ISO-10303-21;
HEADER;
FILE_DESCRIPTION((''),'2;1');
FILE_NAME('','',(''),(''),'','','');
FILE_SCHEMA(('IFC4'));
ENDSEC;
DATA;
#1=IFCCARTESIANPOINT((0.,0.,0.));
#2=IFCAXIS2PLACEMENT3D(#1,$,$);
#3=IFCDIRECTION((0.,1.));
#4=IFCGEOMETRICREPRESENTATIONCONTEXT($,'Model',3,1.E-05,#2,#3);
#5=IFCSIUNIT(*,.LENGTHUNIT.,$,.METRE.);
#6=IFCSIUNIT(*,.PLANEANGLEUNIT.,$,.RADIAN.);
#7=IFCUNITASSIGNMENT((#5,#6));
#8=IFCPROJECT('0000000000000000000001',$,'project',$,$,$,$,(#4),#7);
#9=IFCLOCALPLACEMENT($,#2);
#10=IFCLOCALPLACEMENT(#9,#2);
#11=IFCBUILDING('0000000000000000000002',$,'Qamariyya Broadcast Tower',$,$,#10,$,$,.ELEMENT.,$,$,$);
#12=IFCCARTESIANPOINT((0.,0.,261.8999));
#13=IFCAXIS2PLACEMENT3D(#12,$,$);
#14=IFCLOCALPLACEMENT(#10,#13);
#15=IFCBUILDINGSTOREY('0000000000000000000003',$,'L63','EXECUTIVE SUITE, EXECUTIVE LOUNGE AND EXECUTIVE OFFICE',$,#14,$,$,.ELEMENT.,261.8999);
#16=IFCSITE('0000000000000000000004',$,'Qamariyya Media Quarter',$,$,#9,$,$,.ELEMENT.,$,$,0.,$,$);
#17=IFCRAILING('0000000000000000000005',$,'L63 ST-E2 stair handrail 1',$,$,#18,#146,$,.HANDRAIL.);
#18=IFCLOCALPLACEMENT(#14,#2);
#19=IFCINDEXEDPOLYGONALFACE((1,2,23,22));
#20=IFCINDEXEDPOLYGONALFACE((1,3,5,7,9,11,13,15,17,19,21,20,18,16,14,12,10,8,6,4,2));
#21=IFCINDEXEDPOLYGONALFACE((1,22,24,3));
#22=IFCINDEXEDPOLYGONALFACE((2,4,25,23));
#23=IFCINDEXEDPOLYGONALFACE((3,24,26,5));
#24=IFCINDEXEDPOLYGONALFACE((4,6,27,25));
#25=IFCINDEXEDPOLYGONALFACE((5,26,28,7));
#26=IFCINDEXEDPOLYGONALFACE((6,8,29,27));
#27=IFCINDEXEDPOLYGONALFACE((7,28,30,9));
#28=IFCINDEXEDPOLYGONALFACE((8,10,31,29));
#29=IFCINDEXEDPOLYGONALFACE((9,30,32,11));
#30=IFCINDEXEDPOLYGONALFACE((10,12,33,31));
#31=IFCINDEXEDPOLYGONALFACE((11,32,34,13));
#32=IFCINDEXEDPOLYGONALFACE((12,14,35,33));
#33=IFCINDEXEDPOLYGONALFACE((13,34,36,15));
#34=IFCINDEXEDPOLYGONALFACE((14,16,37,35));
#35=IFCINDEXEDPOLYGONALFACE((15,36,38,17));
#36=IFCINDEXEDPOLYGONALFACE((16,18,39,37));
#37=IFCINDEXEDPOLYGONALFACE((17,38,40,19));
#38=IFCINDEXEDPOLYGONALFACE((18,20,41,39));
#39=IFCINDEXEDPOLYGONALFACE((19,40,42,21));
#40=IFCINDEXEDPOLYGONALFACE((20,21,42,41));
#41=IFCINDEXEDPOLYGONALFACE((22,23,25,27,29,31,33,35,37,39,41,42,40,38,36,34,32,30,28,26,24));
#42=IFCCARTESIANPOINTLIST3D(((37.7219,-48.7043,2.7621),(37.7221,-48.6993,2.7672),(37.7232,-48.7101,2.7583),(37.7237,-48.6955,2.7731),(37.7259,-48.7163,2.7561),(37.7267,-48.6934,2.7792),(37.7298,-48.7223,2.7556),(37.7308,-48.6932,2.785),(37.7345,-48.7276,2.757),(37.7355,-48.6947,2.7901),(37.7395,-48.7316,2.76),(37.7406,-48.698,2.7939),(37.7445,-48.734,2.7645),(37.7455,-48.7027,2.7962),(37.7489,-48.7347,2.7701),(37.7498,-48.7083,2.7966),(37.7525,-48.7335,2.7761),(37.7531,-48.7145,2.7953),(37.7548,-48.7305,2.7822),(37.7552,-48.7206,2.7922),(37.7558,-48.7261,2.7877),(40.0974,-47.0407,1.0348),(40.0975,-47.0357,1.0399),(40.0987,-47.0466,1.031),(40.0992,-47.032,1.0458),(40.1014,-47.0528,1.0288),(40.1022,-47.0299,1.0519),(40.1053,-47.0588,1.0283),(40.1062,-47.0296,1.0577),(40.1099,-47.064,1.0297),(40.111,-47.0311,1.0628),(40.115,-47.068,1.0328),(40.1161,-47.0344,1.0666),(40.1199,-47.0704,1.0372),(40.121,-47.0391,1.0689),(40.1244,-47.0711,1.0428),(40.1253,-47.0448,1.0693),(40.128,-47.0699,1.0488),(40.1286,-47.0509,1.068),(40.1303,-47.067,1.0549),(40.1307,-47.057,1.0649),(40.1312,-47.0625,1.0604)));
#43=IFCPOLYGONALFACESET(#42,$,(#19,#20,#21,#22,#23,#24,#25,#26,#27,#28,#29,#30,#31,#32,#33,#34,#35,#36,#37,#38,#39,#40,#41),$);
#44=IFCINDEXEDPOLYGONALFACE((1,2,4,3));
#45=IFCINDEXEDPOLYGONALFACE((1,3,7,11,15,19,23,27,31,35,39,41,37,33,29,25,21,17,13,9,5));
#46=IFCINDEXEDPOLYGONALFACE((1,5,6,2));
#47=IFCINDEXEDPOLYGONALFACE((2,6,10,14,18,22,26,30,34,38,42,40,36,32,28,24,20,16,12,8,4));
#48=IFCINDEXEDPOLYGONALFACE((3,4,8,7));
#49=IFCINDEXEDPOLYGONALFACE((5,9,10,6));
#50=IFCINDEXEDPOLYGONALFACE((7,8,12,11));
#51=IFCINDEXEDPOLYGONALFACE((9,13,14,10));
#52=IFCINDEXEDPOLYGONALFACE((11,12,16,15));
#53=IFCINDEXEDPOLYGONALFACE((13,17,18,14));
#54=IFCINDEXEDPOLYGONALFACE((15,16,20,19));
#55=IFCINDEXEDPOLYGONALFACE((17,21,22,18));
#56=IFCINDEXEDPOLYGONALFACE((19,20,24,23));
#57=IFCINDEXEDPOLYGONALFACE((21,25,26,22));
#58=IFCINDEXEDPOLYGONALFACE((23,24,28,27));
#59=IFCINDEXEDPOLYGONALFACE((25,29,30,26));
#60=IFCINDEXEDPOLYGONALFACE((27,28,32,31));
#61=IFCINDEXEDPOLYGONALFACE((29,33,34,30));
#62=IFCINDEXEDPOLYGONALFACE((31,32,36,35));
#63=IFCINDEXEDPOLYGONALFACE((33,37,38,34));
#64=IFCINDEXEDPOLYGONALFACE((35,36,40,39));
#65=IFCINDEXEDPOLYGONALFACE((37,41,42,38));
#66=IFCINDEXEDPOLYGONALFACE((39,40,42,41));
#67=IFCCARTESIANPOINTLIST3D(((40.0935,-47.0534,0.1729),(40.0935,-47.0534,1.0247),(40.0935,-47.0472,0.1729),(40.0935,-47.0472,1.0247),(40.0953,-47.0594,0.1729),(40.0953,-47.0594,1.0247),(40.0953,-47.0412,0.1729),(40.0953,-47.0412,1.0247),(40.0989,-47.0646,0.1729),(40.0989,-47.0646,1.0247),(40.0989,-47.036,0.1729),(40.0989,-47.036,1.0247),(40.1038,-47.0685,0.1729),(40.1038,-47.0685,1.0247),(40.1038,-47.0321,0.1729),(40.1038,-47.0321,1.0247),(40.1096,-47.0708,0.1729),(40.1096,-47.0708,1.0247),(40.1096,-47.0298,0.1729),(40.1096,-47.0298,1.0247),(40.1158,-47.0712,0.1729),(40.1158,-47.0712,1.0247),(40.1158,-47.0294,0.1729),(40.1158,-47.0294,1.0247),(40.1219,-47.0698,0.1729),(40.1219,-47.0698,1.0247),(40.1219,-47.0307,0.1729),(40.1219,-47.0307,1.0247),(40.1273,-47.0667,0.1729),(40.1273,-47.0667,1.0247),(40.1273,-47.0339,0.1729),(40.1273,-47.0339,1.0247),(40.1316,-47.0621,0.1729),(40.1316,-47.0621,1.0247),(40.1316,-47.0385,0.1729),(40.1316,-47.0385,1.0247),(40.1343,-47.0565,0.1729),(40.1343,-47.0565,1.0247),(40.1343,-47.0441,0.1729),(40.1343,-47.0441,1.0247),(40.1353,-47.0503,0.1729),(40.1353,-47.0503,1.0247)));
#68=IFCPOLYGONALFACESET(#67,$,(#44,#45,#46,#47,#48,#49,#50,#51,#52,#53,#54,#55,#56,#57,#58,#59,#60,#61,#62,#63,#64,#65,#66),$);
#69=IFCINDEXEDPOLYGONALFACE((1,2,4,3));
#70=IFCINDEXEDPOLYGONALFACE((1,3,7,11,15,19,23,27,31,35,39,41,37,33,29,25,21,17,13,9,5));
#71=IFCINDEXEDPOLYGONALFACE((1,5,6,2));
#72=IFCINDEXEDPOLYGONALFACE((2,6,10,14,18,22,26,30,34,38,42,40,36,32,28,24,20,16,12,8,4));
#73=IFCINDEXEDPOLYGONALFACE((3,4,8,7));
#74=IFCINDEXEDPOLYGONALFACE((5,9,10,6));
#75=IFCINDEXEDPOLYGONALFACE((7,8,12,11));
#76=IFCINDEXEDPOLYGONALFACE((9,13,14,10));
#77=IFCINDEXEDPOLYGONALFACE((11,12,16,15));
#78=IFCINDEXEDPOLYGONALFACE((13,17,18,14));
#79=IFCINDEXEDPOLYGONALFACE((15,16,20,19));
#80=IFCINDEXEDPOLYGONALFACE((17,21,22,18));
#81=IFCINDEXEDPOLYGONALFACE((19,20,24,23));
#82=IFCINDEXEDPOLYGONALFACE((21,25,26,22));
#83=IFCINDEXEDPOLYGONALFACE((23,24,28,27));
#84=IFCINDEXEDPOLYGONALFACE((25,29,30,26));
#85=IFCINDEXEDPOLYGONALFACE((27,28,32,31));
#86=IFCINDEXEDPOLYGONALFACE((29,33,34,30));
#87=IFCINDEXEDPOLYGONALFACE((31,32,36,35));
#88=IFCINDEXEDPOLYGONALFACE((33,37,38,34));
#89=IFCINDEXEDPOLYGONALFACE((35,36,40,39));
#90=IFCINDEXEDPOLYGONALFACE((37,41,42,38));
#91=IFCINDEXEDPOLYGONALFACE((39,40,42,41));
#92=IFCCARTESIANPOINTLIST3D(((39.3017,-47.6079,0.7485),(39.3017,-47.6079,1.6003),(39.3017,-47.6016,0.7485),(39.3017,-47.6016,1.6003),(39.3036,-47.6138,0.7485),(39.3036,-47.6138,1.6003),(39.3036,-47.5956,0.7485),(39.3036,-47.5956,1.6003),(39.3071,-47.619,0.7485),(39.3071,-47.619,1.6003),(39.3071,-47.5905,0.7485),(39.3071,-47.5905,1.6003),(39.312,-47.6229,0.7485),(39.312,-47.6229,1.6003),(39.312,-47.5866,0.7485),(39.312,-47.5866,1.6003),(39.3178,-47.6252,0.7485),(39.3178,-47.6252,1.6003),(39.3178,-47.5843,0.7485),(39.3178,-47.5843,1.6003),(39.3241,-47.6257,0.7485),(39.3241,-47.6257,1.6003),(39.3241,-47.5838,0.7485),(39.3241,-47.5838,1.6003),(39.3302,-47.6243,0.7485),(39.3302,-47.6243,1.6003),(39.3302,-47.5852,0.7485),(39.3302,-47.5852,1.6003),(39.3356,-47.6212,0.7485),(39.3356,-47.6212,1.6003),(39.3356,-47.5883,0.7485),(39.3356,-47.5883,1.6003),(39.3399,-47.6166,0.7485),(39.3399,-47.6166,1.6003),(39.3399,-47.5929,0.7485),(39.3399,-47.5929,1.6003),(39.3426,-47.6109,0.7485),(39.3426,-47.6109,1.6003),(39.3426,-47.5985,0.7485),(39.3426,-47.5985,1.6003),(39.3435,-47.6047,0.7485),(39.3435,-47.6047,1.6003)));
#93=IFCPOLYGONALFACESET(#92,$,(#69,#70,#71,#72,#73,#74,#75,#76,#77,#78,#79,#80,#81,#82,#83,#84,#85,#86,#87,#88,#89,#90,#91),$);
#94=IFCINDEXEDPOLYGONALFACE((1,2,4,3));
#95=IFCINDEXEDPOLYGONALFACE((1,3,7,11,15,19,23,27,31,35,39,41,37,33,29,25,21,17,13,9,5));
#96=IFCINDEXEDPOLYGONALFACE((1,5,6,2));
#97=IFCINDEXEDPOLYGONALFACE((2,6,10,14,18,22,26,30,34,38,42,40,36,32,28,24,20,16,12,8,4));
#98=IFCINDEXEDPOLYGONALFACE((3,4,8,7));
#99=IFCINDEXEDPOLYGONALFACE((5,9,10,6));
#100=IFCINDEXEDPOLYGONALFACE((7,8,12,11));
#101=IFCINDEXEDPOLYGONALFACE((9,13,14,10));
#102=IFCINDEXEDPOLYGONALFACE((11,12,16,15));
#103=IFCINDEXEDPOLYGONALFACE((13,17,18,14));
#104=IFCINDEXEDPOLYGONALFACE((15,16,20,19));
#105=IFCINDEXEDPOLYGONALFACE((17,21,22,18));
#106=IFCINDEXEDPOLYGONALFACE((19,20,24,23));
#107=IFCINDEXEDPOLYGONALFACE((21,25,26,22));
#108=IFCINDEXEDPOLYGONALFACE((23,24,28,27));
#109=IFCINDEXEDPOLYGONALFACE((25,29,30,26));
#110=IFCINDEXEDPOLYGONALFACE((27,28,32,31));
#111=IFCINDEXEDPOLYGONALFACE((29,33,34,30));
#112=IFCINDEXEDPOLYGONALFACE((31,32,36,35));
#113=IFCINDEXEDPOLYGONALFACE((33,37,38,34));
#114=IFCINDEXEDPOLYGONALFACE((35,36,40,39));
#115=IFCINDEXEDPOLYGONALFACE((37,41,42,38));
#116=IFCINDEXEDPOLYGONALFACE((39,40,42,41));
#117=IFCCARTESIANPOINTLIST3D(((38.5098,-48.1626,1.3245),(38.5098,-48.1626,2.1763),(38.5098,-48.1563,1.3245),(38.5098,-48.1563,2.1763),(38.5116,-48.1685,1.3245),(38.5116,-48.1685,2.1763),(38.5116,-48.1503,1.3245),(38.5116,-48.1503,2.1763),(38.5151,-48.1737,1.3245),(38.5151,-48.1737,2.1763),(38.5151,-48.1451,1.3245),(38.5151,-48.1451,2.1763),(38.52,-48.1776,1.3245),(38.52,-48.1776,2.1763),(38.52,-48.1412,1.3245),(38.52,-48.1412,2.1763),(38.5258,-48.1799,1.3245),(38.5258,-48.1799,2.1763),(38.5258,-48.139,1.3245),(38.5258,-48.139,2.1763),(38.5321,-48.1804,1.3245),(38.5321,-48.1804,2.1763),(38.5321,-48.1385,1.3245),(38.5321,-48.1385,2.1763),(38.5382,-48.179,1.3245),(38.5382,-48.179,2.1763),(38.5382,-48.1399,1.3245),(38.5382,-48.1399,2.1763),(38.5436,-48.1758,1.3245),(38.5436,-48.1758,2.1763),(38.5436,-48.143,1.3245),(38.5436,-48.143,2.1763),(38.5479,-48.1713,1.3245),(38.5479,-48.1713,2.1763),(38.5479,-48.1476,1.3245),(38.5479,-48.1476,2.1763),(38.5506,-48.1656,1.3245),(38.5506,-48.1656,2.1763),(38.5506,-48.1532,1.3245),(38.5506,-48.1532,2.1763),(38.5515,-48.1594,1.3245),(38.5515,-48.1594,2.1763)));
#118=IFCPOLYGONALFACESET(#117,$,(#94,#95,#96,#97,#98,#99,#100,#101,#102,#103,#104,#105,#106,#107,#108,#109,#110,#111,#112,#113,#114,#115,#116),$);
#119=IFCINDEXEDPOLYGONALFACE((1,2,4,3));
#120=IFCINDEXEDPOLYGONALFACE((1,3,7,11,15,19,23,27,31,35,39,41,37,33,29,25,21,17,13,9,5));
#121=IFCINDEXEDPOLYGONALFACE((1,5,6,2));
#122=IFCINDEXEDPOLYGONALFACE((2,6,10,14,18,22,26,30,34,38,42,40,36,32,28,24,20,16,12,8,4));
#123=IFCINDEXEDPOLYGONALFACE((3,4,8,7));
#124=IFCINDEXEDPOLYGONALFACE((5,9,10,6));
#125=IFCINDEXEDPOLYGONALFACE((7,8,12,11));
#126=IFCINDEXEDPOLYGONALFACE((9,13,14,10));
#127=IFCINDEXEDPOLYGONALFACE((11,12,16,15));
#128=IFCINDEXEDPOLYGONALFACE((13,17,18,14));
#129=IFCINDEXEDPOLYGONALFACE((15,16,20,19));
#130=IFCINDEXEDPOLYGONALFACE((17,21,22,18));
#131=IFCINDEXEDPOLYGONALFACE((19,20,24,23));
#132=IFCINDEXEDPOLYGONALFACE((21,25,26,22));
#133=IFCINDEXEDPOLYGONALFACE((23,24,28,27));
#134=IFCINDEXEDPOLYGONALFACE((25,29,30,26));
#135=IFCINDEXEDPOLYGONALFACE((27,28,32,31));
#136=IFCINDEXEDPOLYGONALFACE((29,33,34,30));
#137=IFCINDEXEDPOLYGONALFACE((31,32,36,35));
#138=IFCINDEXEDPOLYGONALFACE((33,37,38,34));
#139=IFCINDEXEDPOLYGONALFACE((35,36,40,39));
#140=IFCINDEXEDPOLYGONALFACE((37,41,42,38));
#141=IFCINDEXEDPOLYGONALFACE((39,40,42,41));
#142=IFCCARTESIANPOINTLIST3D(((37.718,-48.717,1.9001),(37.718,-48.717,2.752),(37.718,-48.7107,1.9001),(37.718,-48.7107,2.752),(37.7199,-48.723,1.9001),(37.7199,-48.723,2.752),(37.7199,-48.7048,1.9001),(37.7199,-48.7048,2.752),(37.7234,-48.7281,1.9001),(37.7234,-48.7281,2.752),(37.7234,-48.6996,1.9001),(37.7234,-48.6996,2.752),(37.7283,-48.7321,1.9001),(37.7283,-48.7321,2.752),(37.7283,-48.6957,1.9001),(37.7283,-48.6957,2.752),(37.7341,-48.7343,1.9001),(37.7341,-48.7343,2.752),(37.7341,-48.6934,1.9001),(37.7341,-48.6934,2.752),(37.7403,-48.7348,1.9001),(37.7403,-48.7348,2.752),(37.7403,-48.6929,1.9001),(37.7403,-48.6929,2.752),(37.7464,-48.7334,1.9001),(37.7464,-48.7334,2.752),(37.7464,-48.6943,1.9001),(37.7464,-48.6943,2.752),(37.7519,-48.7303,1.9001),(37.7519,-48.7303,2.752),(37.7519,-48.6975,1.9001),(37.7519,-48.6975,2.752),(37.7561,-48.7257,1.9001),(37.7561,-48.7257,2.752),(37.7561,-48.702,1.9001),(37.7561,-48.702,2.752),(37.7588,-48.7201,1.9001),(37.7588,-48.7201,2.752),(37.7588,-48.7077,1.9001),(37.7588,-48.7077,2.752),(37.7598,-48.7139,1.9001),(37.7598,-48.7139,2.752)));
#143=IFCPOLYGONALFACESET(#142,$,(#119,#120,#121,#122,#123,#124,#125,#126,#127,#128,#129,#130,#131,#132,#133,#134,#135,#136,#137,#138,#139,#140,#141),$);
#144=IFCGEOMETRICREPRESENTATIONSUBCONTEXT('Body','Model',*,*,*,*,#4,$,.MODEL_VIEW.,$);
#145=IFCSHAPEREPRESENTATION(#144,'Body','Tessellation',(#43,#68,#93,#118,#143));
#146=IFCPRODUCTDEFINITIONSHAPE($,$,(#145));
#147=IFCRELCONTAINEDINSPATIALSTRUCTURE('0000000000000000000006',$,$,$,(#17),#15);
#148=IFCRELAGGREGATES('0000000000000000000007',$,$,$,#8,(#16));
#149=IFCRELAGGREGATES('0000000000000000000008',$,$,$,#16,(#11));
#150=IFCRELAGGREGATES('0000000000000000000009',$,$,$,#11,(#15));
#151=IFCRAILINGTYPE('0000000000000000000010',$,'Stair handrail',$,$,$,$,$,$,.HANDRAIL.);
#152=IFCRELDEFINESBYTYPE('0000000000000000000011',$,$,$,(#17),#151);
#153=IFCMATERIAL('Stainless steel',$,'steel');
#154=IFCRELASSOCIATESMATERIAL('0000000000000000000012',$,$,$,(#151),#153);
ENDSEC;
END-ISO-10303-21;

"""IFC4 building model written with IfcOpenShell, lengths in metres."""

from ifc_helpers import new_model, si_unit, direction, frame, origin, origin_2d, place, context, subcontext, project, spatial, circle, extrude, material, type_object, element, save


model = new_model("IFC4")

# Units and contexts
model_context = context("Model", 3, precision=1e-05, world=origin(), true_north=direction((0.0, 1.0)))
body_context = subcontext(model_context, "Body", "Model", "MODEL_VIEW")
ifc_project = project(units=[si_unit("LENGTHUNIT", "METRE"), si_unit("PLANEANGLEUNIT", "RADIAN")], contexts=[model_context])

# Site, building, storey
site_placement = place(None, origin())
site = spatial("IfcSite", under=ifc_project, at=site_placement, Name="Qamariyya Media Quarter", CompositionType="ELEMENT", RefElevation=0.0)
building_placement = place(site_placement, origin())
building = spatial("IfcBuilding", under=site, at=building_placement, Name="Qamariyya Broadcast Tower", CompositionType="ELEMENT")
storey_placement = place(building_placement, frame((0.0, 0.0, 261.8999)))
storey = spatial("IfcBuildingStorey", under=building, at=storey_placement, Name="L63", Description="EXECUTIVE SUITE, EXECUTIVE LOUNGE AND EXECUTIVE OFFICE", CompositionType="ELEMENT", Elevation=261.8999)

# Railing
ifc_material_1 = material(Name="Stainless steel", Category="steel")
railing_type_1 = type_object("IfcRailingType", Name="Stair handrail", PredefinedType="HANDRAIL", material=ifc_material_1)
railing_1_placement = place(storey_placement, frame((40.1143, -47.0503, 0.1729)))
element("IfcRailing", 1, at=railing_1_placement, inside=storey, type_object=railing_type_1, Name="L63 ST-E2 stair handrail 1", PredefinedType="HANDRAIL", context=body_context, shape_type="SweptSolid", body=[
    extrude(circle(Radius=0.0239, at=origin_2d()), frame((0.0, 0.0, 0.876), z_axis=(-0.703745, -0.492838, 0.511716), x_axis=(0.573632, -0.819113, 0.0)), (0.0, 0.0, 1.0), 3.3755),
    extrude(circle(Radius=0.021, at=origin_2d()), origin(), (0.0, 0.0, 1.0), 0.8518),
    extrude(circle(Radius=0.021, at=origin_2d()), frame((-0.7917, -0.5544, 0.5757)), (0.0, 0.0, 1.0), 0.8518),
    extrude(circle(Radius=0.021, at=origin_2d()), frame((-1.5837, -1.1091, 1.1516)), (0.0, 0.0, 1.0), 0.8518),
    extrude(circle(Radius=0.021, at=origin_2d()), frame((-2.3755, -1.6636, 1.7273)), (0.0, 0.0, 1.0), 0.8518),
])

save(model, "model.ifc")
